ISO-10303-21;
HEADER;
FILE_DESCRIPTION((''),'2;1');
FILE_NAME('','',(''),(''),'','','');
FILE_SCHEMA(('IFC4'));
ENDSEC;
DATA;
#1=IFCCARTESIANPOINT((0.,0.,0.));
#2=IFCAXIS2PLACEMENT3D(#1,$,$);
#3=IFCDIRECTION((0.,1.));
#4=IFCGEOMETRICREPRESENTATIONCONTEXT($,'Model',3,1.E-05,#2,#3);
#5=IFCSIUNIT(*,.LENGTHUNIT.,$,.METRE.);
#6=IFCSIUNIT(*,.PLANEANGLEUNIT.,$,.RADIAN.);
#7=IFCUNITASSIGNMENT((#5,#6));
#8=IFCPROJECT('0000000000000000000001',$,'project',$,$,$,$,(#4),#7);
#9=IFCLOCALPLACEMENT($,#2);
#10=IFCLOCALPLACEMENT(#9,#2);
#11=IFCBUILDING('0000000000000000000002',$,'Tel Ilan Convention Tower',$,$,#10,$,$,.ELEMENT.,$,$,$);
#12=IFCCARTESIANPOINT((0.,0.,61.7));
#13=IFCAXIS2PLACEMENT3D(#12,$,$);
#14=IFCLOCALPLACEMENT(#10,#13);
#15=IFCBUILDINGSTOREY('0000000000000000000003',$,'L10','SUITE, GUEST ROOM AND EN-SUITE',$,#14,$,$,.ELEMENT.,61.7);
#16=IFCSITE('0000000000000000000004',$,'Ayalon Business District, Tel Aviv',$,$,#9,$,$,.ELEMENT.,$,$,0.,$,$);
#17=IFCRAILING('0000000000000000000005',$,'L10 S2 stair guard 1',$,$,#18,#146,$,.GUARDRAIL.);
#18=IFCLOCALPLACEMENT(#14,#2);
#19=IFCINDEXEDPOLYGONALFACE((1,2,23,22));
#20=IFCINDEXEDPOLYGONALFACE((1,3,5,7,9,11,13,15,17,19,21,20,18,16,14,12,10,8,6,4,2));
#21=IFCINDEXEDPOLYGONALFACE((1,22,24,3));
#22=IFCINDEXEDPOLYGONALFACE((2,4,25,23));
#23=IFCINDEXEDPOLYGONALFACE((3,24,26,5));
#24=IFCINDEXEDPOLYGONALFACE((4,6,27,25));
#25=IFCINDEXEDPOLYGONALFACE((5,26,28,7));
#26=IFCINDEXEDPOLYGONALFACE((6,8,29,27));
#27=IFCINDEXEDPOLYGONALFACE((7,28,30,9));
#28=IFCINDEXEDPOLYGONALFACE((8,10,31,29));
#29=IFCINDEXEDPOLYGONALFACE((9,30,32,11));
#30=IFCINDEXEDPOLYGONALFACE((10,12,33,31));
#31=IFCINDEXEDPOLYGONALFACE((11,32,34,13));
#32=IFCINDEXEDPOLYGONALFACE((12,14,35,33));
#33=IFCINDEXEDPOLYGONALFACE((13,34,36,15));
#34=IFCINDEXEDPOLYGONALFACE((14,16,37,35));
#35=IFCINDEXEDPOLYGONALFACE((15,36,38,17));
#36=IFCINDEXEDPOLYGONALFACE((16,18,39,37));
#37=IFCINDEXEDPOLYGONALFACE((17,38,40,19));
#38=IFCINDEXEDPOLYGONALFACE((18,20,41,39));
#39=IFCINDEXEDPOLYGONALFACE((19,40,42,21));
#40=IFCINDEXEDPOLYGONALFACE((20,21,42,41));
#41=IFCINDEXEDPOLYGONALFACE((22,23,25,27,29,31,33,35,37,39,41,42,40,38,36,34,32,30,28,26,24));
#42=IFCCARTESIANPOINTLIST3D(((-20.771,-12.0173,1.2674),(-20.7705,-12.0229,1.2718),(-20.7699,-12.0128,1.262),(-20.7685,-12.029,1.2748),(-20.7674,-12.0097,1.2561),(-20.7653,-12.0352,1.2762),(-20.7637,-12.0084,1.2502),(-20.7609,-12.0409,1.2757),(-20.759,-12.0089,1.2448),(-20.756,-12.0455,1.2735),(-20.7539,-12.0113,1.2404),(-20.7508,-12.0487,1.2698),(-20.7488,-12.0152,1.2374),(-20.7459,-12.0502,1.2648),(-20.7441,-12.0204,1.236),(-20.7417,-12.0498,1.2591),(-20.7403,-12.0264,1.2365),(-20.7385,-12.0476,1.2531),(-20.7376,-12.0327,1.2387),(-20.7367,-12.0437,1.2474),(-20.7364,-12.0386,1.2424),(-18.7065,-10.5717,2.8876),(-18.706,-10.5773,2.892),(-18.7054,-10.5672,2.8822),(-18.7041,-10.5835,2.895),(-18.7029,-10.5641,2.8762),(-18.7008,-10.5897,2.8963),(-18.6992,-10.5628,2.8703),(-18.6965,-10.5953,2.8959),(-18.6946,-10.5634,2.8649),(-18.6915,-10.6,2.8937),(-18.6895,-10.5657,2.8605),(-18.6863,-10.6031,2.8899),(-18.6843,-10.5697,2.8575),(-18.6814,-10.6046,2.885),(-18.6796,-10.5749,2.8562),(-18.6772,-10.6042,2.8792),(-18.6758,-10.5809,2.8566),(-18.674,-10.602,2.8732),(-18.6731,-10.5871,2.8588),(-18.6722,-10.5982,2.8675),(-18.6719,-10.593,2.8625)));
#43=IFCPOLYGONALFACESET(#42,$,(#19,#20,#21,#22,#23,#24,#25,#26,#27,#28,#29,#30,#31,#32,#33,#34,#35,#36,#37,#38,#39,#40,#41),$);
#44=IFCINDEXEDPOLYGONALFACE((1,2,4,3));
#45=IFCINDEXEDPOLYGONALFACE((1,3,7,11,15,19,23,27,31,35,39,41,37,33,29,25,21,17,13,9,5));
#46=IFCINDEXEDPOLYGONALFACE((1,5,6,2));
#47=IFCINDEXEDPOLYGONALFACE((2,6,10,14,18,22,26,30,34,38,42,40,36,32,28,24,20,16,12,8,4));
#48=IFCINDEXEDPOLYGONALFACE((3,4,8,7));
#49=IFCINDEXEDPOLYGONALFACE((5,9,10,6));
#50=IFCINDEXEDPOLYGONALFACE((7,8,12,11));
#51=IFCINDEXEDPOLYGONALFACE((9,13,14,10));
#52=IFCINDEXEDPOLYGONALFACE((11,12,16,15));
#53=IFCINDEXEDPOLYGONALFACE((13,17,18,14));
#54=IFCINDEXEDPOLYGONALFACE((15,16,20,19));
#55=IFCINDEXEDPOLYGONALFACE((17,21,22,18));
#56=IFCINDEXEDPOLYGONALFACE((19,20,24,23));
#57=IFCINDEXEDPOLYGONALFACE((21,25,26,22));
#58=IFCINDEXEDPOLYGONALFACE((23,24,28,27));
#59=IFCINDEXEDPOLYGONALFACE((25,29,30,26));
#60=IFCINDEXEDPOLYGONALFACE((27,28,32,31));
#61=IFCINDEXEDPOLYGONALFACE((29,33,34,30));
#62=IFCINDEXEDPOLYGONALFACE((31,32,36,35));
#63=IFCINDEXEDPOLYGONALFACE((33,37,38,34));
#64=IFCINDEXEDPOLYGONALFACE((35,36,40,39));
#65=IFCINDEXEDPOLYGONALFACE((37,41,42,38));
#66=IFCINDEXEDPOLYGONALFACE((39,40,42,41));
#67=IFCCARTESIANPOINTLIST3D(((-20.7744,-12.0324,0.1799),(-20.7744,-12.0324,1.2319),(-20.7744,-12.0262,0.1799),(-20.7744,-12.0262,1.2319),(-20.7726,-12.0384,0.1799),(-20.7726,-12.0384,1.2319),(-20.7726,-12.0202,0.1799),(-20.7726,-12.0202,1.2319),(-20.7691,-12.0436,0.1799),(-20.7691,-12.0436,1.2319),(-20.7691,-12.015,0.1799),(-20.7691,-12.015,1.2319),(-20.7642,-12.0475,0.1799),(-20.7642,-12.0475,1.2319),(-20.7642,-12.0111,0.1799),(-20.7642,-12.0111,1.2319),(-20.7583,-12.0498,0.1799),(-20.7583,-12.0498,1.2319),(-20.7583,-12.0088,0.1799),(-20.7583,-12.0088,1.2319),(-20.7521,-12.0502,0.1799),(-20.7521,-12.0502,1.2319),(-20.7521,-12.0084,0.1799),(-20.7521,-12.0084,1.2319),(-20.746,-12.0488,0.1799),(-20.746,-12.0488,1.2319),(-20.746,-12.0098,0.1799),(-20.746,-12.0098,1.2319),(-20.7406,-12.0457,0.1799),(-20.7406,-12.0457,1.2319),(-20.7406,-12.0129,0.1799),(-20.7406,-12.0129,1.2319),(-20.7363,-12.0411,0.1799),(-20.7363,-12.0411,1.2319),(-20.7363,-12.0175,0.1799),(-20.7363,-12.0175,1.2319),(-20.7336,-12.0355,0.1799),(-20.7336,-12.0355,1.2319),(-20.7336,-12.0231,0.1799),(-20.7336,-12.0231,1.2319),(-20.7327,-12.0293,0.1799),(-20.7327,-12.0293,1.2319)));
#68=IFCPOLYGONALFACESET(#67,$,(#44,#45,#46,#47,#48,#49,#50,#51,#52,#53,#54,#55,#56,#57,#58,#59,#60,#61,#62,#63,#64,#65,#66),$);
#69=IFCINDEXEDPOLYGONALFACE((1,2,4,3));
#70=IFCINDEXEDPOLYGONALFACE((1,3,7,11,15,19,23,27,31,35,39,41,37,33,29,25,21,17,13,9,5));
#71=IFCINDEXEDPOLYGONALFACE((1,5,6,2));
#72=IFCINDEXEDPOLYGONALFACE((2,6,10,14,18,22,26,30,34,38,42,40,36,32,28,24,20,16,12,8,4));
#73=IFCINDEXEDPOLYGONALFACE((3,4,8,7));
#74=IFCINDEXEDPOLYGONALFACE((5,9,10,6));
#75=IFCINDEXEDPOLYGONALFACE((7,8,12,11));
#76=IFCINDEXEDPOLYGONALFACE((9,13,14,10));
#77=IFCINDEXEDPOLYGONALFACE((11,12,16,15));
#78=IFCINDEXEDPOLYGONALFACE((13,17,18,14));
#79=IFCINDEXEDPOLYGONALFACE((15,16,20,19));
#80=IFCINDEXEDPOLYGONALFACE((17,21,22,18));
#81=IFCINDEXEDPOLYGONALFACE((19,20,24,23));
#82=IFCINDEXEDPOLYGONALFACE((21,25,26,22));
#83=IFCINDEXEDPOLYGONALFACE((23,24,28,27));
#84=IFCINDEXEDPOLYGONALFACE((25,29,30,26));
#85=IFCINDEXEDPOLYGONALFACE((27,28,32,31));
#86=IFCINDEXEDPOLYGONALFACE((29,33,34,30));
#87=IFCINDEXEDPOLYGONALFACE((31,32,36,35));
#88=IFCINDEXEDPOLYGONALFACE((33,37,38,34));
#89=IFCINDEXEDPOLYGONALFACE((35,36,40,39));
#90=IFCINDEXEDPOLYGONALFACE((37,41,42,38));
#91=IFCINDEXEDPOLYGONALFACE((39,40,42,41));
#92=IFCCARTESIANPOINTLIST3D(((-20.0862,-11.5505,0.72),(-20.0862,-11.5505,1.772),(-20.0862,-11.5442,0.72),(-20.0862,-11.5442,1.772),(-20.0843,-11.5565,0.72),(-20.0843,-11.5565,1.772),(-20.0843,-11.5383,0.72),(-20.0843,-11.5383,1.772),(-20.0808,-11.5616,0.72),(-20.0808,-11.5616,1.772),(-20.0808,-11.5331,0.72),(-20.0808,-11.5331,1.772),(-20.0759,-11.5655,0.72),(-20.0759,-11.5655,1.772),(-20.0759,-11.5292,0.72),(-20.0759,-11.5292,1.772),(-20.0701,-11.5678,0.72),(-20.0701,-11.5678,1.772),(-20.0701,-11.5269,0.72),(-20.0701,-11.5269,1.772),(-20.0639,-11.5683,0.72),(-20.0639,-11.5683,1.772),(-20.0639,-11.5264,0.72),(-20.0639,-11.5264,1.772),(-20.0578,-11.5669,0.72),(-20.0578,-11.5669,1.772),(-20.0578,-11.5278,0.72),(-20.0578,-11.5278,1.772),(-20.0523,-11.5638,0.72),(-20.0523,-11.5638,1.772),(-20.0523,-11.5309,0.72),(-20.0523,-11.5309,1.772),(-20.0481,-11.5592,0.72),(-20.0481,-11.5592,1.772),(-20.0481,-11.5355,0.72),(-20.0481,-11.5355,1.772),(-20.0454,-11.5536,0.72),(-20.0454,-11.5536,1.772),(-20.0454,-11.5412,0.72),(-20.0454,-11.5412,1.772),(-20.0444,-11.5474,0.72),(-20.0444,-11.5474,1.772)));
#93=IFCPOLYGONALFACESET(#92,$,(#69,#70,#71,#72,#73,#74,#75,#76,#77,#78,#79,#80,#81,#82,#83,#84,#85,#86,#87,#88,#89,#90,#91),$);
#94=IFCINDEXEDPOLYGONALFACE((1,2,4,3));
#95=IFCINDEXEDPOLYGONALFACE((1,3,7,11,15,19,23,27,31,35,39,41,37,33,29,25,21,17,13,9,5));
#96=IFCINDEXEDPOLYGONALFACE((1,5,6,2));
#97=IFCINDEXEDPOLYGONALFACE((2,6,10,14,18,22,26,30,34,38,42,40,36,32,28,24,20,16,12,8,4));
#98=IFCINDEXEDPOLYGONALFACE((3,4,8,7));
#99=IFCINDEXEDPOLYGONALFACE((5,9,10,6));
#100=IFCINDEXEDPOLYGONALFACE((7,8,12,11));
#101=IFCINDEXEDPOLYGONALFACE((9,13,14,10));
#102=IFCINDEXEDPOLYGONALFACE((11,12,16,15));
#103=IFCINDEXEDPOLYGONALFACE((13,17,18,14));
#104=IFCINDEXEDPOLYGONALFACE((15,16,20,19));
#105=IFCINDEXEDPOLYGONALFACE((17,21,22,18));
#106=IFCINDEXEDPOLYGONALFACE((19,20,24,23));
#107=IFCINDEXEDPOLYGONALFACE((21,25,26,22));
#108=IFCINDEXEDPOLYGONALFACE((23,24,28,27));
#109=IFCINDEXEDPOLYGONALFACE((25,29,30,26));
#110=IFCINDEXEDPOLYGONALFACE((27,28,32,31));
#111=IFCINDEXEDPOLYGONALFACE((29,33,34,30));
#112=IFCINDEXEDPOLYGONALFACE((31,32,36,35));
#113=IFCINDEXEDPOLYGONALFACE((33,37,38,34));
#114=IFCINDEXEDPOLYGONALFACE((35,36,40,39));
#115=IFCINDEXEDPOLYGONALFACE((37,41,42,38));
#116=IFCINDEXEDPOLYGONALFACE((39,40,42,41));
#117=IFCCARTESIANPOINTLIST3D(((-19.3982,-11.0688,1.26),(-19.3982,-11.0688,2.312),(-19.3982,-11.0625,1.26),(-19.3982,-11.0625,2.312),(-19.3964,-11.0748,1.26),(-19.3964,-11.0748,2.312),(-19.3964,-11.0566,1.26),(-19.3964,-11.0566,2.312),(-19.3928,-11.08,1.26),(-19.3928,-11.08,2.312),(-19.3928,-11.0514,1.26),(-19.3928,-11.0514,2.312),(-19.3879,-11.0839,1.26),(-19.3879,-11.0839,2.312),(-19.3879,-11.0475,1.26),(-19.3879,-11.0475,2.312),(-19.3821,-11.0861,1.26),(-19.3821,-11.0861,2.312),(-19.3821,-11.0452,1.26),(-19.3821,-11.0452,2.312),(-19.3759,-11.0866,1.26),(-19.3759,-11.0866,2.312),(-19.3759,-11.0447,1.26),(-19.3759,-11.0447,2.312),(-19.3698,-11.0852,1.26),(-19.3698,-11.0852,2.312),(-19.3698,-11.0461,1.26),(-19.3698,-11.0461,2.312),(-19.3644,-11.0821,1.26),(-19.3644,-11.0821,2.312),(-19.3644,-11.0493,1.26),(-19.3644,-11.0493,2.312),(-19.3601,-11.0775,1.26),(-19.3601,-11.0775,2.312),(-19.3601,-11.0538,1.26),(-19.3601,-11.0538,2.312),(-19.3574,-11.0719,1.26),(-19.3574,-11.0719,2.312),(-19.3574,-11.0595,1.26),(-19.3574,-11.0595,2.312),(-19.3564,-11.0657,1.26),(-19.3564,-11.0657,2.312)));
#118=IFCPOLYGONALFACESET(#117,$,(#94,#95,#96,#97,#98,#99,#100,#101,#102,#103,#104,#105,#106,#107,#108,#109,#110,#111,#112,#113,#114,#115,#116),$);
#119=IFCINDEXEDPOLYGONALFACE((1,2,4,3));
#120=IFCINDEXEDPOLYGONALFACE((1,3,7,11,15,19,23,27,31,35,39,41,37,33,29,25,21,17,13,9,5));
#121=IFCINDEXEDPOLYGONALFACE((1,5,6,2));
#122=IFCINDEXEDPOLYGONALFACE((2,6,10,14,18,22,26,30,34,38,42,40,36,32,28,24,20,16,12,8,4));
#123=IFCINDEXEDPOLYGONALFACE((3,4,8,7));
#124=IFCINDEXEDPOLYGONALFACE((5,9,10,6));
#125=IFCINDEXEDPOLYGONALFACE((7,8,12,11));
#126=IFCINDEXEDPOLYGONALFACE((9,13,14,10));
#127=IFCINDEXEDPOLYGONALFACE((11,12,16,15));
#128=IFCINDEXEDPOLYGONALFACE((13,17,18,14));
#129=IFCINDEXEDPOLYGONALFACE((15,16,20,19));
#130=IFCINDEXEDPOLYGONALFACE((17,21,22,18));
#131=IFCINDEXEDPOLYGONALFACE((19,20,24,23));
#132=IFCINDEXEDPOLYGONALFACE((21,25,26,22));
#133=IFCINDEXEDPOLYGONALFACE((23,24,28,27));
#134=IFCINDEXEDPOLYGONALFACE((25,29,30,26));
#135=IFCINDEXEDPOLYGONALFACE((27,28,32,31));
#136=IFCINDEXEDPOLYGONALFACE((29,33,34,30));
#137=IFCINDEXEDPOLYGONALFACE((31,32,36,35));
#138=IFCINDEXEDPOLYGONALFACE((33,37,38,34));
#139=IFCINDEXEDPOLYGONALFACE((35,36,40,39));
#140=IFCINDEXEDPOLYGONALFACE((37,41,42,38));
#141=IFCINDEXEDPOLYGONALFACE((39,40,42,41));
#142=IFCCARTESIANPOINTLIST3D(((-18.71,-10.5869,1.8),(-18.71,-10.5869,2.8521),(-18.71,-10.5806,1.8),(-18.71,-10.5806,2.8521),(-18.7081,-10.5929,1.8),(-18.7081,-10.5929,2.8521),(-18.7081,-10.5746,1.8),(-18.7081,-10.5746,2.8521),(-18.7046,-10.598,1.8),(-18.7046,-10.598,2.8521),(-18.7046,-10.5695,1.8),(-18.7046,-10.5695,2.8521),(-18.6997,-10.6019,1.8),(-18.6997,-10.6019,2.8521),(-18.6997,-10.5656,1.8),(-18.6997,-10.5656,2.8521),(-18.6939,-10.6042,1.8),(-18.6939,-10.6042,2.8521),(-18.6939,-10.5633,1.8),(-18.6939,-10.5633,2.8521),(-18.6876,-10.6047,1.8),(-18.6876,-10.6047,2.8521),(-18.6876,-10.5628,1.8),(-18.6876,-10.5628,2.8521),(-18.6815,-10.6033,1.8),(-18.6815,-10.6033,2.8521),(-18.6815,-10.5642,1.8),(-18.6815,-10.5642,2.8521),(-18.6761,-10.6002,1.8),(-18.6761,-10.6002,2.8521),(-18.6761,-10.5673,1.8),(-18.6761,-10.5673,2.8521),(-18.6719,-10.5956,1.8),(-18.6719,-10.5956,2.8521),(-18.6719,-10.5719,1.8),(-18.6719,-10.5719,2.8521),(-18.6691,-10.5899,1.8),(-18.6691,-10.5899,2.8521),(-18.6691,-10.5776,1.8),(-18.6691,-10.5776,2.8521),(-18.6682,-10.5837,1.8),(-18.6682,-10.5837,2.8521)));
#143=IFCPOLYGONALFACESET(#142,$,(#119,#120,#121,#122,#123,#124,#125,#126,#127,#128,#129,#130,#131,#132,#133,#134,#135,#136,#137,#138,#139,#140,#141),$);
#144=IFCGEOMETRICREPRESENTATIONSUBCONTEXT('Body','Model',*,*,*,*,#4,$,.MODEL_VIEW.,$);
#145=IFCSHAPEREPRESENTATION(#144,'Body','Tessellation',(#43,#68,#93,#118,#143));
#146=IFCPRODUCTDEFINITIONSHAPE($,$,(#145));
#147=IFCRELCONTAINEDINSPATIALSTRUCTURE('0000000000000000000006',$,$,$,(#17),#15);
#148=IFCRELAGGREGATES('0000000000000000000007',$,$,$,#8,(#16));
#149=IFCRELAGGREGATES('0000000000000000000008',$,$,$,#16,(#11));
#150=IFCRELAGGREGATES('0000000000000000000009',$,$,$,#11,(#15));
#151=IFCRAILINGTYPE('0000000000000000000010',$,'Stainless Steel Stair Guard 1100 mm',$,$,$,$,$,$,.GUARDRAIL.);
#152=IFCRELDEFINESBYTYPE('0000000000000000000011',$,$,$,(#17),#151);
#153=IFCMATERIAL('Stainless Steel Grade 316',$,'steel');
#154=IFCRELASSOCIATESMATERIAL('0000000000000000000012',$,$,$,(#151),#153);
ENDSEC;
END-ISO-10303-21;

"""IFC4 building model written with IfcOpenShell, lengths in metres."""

from ifc_helpers import new_model, si_unit, direction, frame, origin, origin_2d, place, context, subcontext, project, spatial, circle, extrude, material, type_object, element, save


model = new_model("IFC4")

# Units and contexts
model_context = context("Model", 3, precision=1e-05, world=origin(), true_north=direction((0.0, 1.0)))
body_context = subcontext(model_context, "Body", "Model", "MODEL_VIEW")
ifc_project = project(units=[si_unit("LENGTHUNIT", "METRE"), si_unit("PLANEANGLEUNIT", "RADIAN")], contexts=[model_context])

# Site, building, storey
site_placement = place(None, origin())
site = spatial("IfcSite", under=ifc_project, at=site_placement, Name="Ayalon Business District, Tel Aviv", CompositionType="ELEMENT", RefElevation=0.0)
building_placement = place(site_placement, origin())
building = spatial("IfcBuilding", under=site, at=building_placement, Name="Tel Ilan Convention Tower", CompositionType="ELEMENT")
storey_placement = place(building_placement, frame((0.0, 0.0, 61.7)))
storey = spatial("IfcBuildingStorey", under=building, at=storey_placement, Name="L10", Description="SUITE, GUEST ROOM AND EN-SUITE", CompositionType="ELEMENT", Elevation=61.7)

# Railing
ifc_material_1 = material(Name="Stainless Steel Grade 316", Category="steel")
railing_type_1 = type_object("IfcRailingType", Name="Stainless Steel Stair Guard 1100 mm", PredefinedType="GUARDRAIL", material=ifc_material_1)
railing_1_placement = place(storey_placement, frame((-20.7537, -12.0293, 0.1799)))
element("IfcRailing", 1, at=railing_1_placement, inside=storey, type_object=railing_type_1, Name="L10 S2 stair guard 1", PredefinedType="GUARDRAIL", context=body_context, shape_type="SweptSolid", body=[
    extrude(circle(Radius=0.0239, at=origin_2d()), frame((0.0, 0.0, 1.0762), z_axis=(0.689056, 0.482486, 0.540749), x_axis=(-0.573579, 0.81915, 0.0)), (0.0, 0.0, 1.0), 2.9961),
    extrude(circle(Radius=0.021, at=origin_2d()), origin(), (0.0, 0.0, 1.0), 1.052),
    extrude(circle(Radius=0.021, at=origin_2d()), frame((0.6882, 0.4819, 0.54)), (0.0, 0.0, 1.0), 1.052),
    extrude(circle(Radius=0.021, at=origin_2d()), frame((1.3762, 0.9636, 1.0801)), (0.0, 0.0, 1.0), 1.052),
    extrude(circle(Radius=0.021, at=origin_2d()), frame((2.0645, 1.4456, 1.6201)), (0.0, 0.0, 1.0), 1.052),
])

save(model, "model.ifc")
